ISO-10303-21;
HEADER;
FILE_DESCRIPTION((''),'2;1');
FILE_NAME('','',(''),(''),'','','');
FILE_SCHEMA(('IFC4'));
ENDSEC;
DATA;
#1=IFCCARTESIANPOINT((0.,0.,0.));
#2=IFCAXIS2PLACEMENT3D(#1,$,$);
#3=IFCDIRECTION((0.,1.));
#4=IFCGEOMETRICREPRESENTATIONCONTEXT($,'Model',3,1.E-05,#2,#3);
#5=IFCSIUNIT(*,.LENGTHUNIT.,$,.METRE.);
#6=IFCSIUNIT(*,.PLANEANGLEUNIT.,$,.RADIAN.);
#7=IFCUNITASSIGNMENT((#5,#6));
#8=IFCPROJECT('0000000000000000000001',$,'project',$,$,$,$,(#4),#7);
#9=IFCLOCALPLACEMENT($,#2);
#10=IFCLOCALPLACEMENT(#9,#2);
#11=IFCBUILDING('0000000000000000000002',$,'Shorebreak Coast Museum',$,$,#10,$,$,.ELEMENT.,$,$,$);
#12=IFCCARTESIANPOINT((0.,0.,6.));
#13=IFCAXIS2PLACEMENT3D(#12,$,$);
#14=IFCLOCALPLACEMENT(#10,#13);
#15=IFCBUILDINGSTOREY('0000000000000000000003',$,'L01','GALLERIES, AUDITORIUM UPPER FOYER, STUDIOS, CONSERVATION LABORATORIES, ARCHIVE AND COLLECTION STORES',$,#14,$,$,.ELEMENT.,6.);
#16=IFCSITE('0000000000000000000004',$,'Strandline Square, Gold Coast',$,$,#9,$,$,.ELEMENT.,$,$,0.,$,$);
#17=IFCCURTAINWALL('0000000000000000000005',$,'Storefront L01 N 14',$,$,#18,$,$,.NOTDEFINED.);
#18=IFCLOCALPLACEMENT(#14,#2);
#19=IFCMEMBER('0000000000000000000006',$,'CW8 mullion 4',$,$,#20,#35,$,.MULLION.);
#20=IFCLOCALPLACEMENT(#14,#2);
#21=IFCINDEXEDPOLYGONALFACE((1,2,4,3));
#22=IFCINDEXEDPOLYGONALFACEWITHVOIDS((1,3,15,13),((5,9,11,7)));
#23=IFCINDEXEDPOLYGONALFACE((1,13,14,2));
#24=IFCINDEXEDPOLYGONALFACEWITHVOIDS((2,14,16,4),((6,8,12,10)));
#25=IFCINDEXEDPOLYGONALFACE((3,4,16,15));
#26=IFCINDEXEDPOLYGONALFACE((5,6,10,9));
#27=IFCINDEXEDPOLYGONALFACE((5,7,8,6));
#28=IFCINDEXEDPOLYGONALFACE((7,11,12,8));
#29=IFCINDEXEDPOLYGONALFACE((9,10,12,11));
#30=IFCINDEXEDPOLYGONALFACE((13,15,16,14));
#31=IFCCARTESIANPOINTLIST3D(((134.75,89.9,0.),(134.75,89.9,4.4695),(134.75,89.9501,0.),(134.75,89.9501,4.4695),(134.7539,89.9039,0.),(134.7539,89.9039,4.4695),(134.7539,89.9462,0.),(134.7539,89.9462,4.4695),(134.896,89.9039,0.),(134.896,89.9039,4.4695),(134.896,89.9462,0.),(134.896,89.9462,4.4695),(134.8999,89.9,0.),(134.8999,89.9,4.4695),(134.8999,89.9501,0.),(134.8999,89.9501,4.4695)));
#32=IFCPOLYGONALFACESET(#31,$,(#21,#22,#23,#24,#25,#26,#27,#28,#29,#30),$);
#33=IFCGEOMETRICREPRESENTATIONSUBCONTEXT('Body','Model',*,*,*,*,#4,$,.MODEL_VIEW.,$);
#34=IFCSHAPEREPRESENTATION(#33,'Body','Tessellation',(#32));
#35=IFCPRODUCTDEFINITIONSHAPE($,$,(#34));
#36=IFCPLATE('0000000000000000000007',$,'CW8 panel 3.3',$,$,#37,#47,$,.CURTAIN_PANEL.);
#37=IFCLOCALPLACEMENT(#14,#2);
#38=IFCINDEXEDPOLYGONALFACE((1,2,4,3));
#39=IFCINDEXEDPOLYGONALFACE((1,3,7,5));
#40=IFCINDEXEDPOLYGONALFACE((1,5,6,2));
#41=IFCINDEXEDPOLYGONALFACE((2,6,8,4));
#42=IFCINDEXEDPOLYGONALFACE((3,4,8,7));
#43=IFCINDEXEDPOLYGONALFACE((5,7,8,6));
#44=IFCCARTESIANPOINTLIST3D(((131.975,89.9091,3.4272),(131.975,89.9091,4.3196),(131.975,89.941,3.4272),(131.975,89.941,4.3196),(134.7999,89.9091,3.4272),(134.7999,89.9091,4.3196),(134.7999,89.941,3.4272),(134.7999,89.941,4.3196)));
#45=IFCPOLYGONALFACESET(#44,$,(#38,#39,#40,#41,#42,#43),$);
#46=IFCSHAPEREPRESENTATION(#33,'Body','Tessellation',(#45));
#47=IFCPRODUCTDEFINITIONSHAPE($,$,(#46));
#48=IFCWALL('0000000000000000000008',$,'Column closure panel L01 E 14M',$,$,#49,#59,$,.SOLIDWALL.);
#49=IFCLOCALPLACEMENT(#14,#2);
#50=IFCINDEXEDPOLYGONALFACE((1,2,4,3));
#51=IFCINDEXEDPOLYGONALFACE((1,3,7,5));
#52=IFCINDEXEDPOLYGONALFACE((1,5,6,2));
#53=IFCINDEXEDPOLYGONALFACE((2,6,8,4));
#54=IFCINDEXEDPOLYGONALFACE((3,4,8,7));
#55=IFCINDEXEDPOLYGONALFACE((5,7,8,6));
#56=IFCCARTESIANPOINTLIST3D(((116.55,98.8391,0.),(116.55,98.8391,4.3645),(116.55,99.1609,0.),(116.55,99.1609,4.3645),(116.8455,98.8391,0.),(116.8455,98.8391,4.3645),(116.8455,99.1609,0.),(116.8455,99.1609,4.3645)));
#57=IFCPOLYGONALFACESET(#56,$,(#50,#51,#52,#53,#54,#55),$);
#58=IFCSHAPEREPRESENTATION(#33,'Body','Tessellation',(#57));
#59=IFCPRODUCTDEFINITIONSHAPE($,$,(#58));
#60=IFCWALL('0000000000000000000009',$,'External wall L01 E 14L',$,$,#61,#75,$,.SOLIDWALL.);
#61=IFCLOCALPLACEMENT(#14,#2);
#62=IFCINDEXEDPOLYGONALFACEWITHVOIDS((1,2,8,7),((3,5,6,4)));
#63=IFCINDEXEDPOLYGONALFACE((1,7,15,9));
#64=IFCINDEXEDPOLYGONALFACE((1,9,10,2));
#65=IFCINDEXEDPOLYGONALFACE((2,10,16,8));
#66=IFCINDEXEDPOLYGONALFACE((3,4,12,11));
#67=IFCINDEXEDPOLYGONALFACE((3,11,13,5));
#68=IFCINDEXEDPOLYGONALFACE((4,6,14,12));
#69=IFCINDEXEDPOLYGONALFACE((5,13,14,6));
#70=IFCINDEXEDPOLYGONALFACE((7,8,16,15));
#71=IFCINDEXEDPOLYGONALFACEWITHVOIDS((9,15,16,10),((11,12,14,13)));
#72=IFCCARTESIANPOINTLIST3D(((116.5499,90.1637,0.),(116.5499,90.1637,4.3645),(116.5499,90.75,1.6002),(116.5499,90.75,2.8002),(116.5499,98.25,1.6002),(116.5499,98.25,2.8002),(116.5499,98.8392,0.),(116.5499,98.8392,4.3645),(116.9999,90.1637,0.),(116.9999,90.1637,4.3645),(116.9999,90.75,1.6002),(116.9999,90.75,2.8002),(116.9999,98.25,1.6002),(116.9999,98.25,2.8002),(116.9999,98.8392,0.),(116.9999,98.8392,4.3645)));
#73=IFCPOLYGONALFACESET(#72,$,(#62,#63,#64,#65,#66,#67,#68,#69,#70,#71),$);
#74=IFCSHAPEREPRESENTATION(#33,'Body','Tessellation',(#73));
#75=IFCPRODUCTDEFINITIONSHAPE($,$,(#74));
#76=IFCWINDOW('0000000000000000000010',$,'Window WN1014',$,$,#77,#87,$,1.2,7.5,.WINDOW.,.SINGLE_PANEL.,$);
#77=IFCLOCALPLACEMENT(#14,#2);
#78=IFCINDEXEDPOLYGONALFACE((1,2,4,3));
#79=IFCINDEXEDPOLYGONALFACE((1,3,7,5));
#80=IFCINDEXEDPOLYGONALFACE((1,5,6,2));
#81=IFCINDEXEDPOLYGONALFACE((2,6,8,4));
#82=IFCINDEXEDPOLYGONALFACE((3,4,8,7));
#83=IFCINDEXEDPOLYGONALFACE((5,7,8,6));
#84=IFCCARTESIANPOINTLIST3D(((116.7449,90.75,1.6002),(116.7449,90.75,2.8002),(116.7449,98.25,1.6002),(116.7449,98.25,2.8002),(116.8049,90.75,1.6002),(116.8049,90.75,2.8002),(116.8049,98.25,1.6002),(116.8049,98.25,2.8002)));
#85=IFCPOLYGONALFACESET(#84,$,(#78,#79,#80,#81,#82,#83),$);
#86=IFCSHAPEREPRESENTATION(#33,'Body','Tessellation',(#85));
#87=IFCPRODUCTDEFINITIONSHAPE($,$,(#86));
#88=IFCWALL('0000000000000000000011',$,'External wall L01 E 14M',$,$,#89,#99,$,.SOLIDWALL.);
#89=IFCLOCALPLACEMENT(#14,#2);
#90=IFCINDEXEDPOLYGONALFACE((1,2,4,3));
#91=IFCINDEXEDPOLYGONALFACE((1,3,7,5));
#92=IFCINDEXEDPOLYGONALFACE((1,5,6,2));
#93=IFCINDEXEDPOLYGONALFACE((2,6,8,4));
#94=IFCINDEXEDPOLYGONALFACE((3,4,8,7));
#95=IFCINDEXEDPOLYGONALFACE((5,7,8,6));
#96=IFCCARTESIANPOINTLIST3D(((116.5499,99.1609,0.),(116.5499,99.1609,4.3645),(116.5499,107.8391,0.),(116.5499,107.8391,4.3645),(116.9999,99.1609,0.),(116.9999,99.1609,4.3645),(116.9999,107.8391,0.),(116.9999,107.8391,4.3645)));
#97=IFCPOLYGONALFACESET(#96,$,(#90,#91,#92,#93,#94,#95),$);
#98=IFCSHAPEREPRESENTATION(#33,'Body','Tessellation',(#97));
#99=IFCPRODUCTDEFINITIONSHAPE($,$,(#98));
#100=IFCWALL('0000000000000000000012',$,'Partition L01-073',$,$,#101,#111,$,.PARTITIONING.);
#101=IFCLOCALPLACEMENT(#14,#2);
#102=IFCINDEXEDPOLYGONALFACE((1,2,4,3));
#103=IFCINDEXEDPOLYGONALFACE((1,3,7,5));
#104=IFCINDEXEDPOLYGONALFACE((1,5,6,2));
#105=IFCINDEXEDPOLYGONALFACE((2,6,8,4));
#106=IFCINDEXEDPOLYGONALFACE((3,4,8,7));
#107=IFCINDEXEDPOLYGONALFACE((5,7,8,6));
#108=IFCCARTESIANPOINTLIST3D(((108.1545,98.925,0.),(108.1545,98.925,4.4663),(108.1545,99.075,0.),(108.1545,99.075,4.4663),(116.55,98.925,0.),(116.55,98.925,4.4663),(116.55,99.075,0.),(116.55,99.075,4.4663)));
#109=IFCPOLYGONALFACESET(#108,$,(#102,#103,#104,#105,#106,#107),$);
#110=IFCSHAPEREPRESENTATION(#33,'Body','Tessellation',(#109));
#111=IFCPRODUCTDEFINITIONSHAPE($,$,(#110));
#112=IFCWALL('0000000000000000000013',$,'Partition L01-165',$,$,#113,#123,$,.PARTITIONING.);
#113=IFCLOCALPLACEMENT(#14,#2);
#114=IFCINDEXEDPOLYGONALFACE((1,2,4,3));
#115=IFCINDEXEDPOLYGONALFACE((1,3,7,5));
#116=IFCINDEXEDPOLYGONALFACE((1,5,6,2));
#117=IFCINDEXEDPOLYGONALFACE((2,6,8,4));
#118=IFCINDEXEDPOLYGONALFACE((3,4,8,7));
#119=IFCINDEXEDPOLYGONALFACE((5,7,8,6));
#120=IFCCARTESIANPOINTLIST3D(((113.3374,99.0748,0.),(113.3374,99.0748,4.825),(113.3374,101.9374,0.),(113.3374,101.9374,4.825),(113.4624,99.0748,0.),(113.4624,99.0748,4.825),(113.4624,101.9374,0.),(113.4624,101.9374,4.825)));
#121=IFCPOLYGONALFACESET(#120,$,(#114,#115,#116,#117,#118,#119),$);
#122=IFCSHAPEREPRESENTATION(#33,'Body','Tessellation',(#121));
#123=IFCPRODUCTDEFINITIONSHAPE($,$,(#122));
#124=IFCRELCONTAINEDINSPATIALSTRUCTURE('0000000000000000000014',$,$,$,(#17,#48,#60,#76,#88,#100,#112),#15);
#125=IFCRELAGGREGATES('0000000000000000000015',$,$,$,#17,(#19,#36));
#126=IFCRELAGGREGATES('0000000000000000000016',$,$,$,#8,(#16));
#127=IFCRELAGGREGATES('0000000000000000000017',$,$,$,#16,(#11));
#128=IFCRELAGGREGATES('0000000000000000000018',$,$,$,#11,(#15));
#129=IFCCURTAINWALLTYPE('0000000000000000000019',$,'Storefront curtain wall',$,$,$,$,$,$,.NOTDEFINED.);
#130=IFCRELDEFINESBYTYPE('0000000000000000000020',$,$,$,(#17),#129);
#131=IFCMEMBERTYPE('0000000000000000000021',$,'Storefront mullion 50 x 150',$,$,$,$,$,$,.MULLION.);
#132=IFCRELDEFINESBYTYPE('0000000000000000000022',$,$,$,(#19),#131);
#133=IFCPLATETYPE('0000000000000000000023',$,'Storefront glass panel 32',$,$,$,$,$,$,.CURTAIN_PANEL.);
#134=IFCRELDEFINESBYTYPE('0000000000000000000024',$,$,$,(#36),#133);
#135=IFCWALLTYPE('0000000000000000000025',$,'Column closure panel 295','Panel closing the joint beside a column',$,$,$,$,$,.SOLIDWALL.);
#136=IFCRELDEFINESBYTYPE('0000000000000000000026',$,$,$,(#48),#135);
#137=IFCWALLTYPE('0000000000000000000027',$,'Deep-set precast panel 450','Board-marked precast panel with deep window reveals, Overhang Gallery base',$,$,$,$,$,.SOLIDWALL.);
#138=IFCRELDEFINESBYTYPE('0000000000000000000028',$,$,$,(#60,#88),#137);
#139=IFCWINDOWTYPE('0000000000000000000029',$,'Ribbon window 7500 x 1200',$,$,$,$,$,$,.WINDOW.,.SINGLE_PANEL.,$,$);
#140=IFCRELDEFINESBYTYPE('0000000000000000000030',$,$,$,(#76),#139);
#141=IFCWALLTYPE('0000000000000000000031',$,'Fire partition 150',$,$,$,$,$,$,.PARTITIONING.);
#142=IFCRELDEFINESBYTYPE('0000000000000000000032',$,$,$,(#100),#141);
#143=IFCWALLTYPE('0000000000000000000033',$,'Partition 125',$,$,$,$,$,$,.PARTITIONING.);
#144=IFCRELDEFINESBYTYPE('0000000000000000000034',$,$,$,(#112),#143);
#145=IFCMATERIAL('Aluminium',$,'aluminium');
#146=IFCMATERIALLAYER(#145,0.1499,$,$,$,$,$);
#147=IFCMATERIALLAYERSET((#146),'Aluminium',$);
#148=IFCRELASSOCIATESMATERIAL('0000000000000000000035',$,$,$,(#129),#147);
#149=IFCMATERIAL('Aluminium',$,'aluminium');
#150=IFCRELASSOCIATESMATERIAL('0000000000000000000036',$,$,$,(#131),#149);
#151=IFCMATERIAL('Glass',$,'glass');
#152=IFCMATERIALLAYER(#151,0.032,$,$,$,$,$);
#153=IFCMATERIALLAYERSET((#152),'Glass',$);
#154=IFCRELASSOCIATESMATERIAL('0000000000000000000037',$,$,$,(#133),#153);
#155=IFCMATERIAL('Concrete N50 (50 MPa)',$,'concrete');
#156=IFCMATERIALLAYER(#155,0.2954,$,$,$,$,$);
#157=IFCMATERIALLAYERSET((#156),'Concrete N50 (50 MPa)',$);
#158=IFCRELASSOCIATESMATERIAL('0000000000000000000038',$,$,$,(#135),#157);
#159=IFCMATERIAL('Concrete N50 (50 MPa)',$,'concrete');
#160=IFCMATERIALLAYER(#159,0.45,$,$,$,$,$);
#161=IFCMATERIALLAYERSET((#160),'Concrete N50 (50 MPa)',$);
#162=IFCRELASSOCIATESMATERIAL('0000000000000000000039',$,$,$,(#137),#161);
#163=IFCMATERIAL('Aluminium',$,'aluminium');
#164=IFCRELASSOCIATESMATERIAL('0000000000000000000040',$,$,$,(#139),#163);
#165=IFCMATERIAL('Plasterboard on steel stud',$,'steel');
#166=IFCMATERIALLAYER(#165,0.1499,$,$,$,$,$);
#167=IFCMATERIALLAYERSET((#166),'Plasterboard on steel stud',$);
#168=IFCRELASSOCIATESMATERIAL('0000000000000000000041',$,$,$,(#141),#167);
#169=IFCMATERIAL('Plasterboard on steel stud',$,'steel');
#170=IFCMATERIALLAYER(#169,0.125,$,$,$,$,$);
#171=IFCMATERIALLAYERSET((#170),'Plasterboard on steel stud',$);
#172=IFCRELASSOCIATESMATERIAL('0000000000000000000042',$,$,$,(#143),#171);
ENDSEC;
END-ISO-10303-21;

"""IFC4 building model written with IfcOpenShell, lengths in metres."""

from ifc_helpers import new_model, si_unit, direction, frame, frame_2d, origin, origin_2d, place, context, subcontext, project, spatial, rectangle, hollow_rectangle, extrude, material, layer, layer_set, material_profile, profile_set, type_object, element, fill, aggregate, save


model = new_model("IFC4")

# Units and contexts
model_context = context("Model", 3, precision=1e-05, world=origin(), true_north=direction((0.0, 1.0)))
body_context = subcontext(model_context, "Body", "Model", "MODEL_VIEW")
ifc_project = project(units=[si_unit("LENGTHUNIT", "METRE"), si_unit("PLANEANGLEUNIT", "RADIAN")], contexts=[model_context])

# Site, building, storey
site_placement = place(None, origin())
site = spatial("IfcSite", under=ifc_project, at=site_placement, Name="Strandline Square, Gold Coast", CompositionType="ELEMENT", RefElevation=0.0)
building_placement = place(site_placement, origin())
building = spatial("IfcBuilding", under=site, at=building_placement, Name="Shorebreak Coast Museum", CompositionType="ELEMENT")
storey_placement = place(building_placement, frame((0.0, 0.0, 6.0)))
storey = spatial("IfcBuildingStorey", under=building, at=storey_placement, Name="L01", Description="GALLERIES, AUDITORIUM UPPER FOYER, STUDIOS, CONSERVATION LABORATORIES, ARCHIVE AND COLLECTION STORES", CompositionType="ELEMENT", Elevation=6.0)

# Curtain wall, member, plate
ifc_material_1 = material(Name="Aluminium", Category="aluminium")
ifc_layer_1 = layer(ifc_material_1, 0.1499)
ifc_layer_set_1 = layer_set([ifc_layer_1], Name="Aluminium")
curtain_wall_type = type_object("IfcCurtainWallType", Name="Storefront curtain wall", PredefinedType="NOTDEFINED", material=ifc_layer_set_1)
curtain_wall_placement = place(storey_placement, origin())
curtain_wall = element("IfcCurtainWall", 1, at=curtain_wall_placement, inside=storey, type_object=curtain_wall_type, Name="Storefront L01 N 14", PredefinedType="NOTDEFINED")
ifc_material_2 = material(Name="Aluminium", Category="aluminium")
ifc_material_profile_1 = material_profile(ifc_material_2, hollow_rectangle(XDim=0.05, YDim=0.1499, WallThickness=0.0039, at=origin_2d()), Name="AL 150x50 RHS")
ifc_profile_set_1 = profile_set([ifc_material_profile_1], Name="Aluminium")
member_type = type_object("IfcMemberType", Name="Storefront mullion 50 x 150", PredefinedType="MULLION", material=ifc_profile_set_1)
member_placement = place(storey_placement, frame((134.825, 89.925, 0.0), z_axis=(0.0, 0.0, 1.0), x_axis=(0.0, 1.0, 0.0)))
member = element("IfcMember", 2, at=member_placement, type_object=member_type, Name="CW8 mullion 4", PredefinedType="MULLION", context=body_context, shape_type="SweptSolid", body=[
    extrude(hollow_rectangle(XDim=0.05, YDim=0.1499, WallThickness=0.0039, at=origin_2d()), origin(), (0.0, 0.0, 1.0), 4.4695),
])
ifc_material_3 = material(Name="Glass", Category="glass")
ifc_layer_2 = layer(ifc_material_3, 0.032)
ifc_layer_set_2 = layer_set([ifc_layer_2], Name="Glass")
plate_type = type_object("IfcPlateType", Name="Storefront glass panel 32", PredefinedType="CURTAIN_PANEL", material=ifc_layer_set_2)
plate_placement = place(storey_placement, frame((133.3875, 89.925, 3.4272), z_axis=(0.0, 0.0, 1.0), x_axis=(1.0, 0.0, 0.0)))
plate = element("IfcPlate", 3, at=plate_placement, type_object=plate_type, Name="CW8 panel 3.3", PredefinedType="CURTAIN_PANEL", context=body_context, shape_type="SweptSolid", body=[
    extrude(rectangle(XDim=2.825, YDim=0.032, at=origin_2d()), origin(), (0.0, 0.0, 1.0), 0.8923),
])
aggregate(curtain_wall, [member, plate])

# Wall
ifc_material_4 = material(Name="Concrete N50 (50 MPa)", Category="concrete")
ifc_layer_3 = layer(ifc_material_4, 0.2954)
ifc_layer_set_3 = layer_set([ifc_layer_3], Name="Concrete N50 (50 MPa)")
wall_type_1 = type_object("IfcWallType", Name="Column closure panel 295", Description="Panel closing the joint beside a column", PredefinedType="SOLIDWALL", material=ifc_layer_set_3)
wall_1_placement = place(storey_placement, frame((116.6978, 98.8391, 0.0), z_axis=(0.0, 0.0, 1.0), x_axis=(0.0, 1.0, 0.0)))
element("IfcWall", 4, at=wall_1_placement, inside=storey, type_object=wall_type_1, Name="Column closure panel L01 E 14M", PredefinedType="SOLIDWALL", context=body_context, shape_type="SweptSolid", body=[
    extrude(rectangle(XDim=0.3218, YDim=0.2954, at=frame_2d((0.1609, 0.0))), origin(), (0.0, 0.0, 1.0), 4.3645),
])

# Wall, opening, window
ifc_material_5 = material(Name="Concrete N50 (50 MPa)", Category="concrete")
ifc_layer_4 = layer(ifc_material_5, 0.45)
ifc_layer_set_4 = layer_set([ifc_layer_4], Name="Concrete N50 (50 MPa)")
wall_type_2 = type_object("IfcWallType", Name="Deep-set precast panel 450", Description="Board-marked precast panel with deep window reveals, Overhang Gallery base", PredefinedType="SOLIDWALL", material=ifc_layer_set_4)
wall_2_placement = place(storey_placement, frame((116.7749, 90.1636, 0.0), z_axis=(0.0, 0.0, 1.0), x_axis=(0.0, 1.0, 0.0)))
wall_2 = element("IfcWall", 5, at=wall_2_placement, inside=storey, type_object=wall_type_2, Name="External wall L01 E 14L", PredefinedType="SOLIDWALL", context=body_context, shape_type="SweptSolid", body=[
    extrude(rectangle(XDim=8.6755, YDim=0.45, at=frame_2d((4.3379, 0.0))), origin(), (0.0, 0.0, 1.0), 4.3645),
])
opening_placement = place(wall_2_placement, frame((0.5864, 0.0, 1.6001)))
opening = element("IfcOpeningElement", 6, at=opening_placement, cuts=wall_2, PredefinedType="OPENING", context=body_context, shape_type="SweptSolid", body=[
    extrude(rectangle(XDim=7.5, YDim=1.2, at=frame_2d((3.75, 0.6001))), frame((0.0, 0.2349, 0.0), z_axis=(0.0, -1.0, 0.0), x_axis=(1.0, 0.0, 0.0)), (0.0, 0.0, 1.0), 0.47),
])
ifc_material_6 = material(Name="Aluminium", Category="aluminium")
window_type = type_object("IfcWindowType", Name="Ribbon window 7500 x 1200", PartitioningType="SINGLE_PANEL", PredefinedType="WINDOW", material=ifc_material_6)
window_placement = place(opening_placement, origin())
window = element("IfcWindow", 7, at=window_placement, inside=storey, type_object=window_type, Name="Window WN1014", OverallHeight=1.2, OverallWidth=7.5, PartitioningType="SINGLE_PANEL", PredefinedType="WINDOW", context=body_context, shape_type="SweptSolid", body=[
    extrude(rectangle(XDim=7.5, YDim=1.2, at=frame_2d((3.75, 0.6001))), frame((0.0, 0.03, 0.0), z_axis=(0.0, -1.0, 0.0), x_axis=(1.0, 0.0, 0.0)), (0.0, 0.0, 1.0), 0.0601),
])
fill(opening, window)

# Walls
wall_3_placement = place(storey_placement, frame((116.7749, 99.1609, 0.0), z_axis=(0.0, 0.0, 1.0), x_axis=(0.0, 1.0, 0.0)))
element("IfcWall", 8, at=wall_3_placement, inside=storey, type_object=wall_type_2, Name="External wall L01 E 14M", PredefinedType="SOLIDWALL", context=body_context, shape_type="SweptSolid", body=[
    extrude(rectangle(XDim=8.6782, YDim=0.45, at=frame_2d((4.3391, 0.0))), origin(), (0.0, 0.0, 1.0), 4.3645),
])
ifc_material_7 = material(Name="Plasterboard on steel stud", Category="steel")
ifc_layer_5 = layer(ifc_material_7, 0.1499)
ifc_layer_set_5 = layer_set([ifc_layer_5], Name="Plasterboard on steel stud")
wall_type_3 = type_object("IfcWallType", Name="Fire partition 150", PredefinedType="PARTITIONING", material=ifc_layer_set_5)
wall_4_placement = place(storey_placement, frame((108.1545, 99.0, 0.0), z_axis=(0.0, 0.0, 1.0), x_axis=(1.0, 0.0, 0.0)))
element("IfcWall", 9, at=wall_4_placement, inside=storey, type_object=wall_type_3, Name="Partition L01-073", PredefinedType="PARTITIONING", context=body_context, shape_type="SweptSolid", body=[
    extrude(rectangle(XDim=8.3955, YDim=0.1499, at=frame_2d((4.1978, 0.0))), origin(), (0.0, 0.0, 1.0), 4.4663),
])
ifc_material_8 = material(Name="Plasterboard on steel stud", Category="steel")
ifc_layer_6 = layer(ifc_material_8, 0.125)
ifc_layer_set_6 = layer_set([ifc_layer_6], Name="Plasterboard on steel stud")
wall_type_4 = type_object("IfcWallType", Name="Partition 125", PredefinedType="PARTITIONING", material=ifc_layer_set_6)
wall_5_placement = place(storey_placement, frame((113.3999, 99.075, 0.0), z_axis=(0.0, 0.0, 1.0), x_axis=(0.0, 1.0, 0.0)))
element("IfcWall", 10, at=wall_5_placement, inside=storey, type_object=wall_type_4, Name="Partition L01-165", PredefinedType="PARTITIONING", context=body_context, shape_type="SweptSolid", body=[
    extrude(rectangle(XDim=2.8625, YDim=0.125, at=frame_2d((1.4312, 0.0))), origin(), (0.0, 0.0, 1.0), 4.825),
])

save(model, "model.ifc")
